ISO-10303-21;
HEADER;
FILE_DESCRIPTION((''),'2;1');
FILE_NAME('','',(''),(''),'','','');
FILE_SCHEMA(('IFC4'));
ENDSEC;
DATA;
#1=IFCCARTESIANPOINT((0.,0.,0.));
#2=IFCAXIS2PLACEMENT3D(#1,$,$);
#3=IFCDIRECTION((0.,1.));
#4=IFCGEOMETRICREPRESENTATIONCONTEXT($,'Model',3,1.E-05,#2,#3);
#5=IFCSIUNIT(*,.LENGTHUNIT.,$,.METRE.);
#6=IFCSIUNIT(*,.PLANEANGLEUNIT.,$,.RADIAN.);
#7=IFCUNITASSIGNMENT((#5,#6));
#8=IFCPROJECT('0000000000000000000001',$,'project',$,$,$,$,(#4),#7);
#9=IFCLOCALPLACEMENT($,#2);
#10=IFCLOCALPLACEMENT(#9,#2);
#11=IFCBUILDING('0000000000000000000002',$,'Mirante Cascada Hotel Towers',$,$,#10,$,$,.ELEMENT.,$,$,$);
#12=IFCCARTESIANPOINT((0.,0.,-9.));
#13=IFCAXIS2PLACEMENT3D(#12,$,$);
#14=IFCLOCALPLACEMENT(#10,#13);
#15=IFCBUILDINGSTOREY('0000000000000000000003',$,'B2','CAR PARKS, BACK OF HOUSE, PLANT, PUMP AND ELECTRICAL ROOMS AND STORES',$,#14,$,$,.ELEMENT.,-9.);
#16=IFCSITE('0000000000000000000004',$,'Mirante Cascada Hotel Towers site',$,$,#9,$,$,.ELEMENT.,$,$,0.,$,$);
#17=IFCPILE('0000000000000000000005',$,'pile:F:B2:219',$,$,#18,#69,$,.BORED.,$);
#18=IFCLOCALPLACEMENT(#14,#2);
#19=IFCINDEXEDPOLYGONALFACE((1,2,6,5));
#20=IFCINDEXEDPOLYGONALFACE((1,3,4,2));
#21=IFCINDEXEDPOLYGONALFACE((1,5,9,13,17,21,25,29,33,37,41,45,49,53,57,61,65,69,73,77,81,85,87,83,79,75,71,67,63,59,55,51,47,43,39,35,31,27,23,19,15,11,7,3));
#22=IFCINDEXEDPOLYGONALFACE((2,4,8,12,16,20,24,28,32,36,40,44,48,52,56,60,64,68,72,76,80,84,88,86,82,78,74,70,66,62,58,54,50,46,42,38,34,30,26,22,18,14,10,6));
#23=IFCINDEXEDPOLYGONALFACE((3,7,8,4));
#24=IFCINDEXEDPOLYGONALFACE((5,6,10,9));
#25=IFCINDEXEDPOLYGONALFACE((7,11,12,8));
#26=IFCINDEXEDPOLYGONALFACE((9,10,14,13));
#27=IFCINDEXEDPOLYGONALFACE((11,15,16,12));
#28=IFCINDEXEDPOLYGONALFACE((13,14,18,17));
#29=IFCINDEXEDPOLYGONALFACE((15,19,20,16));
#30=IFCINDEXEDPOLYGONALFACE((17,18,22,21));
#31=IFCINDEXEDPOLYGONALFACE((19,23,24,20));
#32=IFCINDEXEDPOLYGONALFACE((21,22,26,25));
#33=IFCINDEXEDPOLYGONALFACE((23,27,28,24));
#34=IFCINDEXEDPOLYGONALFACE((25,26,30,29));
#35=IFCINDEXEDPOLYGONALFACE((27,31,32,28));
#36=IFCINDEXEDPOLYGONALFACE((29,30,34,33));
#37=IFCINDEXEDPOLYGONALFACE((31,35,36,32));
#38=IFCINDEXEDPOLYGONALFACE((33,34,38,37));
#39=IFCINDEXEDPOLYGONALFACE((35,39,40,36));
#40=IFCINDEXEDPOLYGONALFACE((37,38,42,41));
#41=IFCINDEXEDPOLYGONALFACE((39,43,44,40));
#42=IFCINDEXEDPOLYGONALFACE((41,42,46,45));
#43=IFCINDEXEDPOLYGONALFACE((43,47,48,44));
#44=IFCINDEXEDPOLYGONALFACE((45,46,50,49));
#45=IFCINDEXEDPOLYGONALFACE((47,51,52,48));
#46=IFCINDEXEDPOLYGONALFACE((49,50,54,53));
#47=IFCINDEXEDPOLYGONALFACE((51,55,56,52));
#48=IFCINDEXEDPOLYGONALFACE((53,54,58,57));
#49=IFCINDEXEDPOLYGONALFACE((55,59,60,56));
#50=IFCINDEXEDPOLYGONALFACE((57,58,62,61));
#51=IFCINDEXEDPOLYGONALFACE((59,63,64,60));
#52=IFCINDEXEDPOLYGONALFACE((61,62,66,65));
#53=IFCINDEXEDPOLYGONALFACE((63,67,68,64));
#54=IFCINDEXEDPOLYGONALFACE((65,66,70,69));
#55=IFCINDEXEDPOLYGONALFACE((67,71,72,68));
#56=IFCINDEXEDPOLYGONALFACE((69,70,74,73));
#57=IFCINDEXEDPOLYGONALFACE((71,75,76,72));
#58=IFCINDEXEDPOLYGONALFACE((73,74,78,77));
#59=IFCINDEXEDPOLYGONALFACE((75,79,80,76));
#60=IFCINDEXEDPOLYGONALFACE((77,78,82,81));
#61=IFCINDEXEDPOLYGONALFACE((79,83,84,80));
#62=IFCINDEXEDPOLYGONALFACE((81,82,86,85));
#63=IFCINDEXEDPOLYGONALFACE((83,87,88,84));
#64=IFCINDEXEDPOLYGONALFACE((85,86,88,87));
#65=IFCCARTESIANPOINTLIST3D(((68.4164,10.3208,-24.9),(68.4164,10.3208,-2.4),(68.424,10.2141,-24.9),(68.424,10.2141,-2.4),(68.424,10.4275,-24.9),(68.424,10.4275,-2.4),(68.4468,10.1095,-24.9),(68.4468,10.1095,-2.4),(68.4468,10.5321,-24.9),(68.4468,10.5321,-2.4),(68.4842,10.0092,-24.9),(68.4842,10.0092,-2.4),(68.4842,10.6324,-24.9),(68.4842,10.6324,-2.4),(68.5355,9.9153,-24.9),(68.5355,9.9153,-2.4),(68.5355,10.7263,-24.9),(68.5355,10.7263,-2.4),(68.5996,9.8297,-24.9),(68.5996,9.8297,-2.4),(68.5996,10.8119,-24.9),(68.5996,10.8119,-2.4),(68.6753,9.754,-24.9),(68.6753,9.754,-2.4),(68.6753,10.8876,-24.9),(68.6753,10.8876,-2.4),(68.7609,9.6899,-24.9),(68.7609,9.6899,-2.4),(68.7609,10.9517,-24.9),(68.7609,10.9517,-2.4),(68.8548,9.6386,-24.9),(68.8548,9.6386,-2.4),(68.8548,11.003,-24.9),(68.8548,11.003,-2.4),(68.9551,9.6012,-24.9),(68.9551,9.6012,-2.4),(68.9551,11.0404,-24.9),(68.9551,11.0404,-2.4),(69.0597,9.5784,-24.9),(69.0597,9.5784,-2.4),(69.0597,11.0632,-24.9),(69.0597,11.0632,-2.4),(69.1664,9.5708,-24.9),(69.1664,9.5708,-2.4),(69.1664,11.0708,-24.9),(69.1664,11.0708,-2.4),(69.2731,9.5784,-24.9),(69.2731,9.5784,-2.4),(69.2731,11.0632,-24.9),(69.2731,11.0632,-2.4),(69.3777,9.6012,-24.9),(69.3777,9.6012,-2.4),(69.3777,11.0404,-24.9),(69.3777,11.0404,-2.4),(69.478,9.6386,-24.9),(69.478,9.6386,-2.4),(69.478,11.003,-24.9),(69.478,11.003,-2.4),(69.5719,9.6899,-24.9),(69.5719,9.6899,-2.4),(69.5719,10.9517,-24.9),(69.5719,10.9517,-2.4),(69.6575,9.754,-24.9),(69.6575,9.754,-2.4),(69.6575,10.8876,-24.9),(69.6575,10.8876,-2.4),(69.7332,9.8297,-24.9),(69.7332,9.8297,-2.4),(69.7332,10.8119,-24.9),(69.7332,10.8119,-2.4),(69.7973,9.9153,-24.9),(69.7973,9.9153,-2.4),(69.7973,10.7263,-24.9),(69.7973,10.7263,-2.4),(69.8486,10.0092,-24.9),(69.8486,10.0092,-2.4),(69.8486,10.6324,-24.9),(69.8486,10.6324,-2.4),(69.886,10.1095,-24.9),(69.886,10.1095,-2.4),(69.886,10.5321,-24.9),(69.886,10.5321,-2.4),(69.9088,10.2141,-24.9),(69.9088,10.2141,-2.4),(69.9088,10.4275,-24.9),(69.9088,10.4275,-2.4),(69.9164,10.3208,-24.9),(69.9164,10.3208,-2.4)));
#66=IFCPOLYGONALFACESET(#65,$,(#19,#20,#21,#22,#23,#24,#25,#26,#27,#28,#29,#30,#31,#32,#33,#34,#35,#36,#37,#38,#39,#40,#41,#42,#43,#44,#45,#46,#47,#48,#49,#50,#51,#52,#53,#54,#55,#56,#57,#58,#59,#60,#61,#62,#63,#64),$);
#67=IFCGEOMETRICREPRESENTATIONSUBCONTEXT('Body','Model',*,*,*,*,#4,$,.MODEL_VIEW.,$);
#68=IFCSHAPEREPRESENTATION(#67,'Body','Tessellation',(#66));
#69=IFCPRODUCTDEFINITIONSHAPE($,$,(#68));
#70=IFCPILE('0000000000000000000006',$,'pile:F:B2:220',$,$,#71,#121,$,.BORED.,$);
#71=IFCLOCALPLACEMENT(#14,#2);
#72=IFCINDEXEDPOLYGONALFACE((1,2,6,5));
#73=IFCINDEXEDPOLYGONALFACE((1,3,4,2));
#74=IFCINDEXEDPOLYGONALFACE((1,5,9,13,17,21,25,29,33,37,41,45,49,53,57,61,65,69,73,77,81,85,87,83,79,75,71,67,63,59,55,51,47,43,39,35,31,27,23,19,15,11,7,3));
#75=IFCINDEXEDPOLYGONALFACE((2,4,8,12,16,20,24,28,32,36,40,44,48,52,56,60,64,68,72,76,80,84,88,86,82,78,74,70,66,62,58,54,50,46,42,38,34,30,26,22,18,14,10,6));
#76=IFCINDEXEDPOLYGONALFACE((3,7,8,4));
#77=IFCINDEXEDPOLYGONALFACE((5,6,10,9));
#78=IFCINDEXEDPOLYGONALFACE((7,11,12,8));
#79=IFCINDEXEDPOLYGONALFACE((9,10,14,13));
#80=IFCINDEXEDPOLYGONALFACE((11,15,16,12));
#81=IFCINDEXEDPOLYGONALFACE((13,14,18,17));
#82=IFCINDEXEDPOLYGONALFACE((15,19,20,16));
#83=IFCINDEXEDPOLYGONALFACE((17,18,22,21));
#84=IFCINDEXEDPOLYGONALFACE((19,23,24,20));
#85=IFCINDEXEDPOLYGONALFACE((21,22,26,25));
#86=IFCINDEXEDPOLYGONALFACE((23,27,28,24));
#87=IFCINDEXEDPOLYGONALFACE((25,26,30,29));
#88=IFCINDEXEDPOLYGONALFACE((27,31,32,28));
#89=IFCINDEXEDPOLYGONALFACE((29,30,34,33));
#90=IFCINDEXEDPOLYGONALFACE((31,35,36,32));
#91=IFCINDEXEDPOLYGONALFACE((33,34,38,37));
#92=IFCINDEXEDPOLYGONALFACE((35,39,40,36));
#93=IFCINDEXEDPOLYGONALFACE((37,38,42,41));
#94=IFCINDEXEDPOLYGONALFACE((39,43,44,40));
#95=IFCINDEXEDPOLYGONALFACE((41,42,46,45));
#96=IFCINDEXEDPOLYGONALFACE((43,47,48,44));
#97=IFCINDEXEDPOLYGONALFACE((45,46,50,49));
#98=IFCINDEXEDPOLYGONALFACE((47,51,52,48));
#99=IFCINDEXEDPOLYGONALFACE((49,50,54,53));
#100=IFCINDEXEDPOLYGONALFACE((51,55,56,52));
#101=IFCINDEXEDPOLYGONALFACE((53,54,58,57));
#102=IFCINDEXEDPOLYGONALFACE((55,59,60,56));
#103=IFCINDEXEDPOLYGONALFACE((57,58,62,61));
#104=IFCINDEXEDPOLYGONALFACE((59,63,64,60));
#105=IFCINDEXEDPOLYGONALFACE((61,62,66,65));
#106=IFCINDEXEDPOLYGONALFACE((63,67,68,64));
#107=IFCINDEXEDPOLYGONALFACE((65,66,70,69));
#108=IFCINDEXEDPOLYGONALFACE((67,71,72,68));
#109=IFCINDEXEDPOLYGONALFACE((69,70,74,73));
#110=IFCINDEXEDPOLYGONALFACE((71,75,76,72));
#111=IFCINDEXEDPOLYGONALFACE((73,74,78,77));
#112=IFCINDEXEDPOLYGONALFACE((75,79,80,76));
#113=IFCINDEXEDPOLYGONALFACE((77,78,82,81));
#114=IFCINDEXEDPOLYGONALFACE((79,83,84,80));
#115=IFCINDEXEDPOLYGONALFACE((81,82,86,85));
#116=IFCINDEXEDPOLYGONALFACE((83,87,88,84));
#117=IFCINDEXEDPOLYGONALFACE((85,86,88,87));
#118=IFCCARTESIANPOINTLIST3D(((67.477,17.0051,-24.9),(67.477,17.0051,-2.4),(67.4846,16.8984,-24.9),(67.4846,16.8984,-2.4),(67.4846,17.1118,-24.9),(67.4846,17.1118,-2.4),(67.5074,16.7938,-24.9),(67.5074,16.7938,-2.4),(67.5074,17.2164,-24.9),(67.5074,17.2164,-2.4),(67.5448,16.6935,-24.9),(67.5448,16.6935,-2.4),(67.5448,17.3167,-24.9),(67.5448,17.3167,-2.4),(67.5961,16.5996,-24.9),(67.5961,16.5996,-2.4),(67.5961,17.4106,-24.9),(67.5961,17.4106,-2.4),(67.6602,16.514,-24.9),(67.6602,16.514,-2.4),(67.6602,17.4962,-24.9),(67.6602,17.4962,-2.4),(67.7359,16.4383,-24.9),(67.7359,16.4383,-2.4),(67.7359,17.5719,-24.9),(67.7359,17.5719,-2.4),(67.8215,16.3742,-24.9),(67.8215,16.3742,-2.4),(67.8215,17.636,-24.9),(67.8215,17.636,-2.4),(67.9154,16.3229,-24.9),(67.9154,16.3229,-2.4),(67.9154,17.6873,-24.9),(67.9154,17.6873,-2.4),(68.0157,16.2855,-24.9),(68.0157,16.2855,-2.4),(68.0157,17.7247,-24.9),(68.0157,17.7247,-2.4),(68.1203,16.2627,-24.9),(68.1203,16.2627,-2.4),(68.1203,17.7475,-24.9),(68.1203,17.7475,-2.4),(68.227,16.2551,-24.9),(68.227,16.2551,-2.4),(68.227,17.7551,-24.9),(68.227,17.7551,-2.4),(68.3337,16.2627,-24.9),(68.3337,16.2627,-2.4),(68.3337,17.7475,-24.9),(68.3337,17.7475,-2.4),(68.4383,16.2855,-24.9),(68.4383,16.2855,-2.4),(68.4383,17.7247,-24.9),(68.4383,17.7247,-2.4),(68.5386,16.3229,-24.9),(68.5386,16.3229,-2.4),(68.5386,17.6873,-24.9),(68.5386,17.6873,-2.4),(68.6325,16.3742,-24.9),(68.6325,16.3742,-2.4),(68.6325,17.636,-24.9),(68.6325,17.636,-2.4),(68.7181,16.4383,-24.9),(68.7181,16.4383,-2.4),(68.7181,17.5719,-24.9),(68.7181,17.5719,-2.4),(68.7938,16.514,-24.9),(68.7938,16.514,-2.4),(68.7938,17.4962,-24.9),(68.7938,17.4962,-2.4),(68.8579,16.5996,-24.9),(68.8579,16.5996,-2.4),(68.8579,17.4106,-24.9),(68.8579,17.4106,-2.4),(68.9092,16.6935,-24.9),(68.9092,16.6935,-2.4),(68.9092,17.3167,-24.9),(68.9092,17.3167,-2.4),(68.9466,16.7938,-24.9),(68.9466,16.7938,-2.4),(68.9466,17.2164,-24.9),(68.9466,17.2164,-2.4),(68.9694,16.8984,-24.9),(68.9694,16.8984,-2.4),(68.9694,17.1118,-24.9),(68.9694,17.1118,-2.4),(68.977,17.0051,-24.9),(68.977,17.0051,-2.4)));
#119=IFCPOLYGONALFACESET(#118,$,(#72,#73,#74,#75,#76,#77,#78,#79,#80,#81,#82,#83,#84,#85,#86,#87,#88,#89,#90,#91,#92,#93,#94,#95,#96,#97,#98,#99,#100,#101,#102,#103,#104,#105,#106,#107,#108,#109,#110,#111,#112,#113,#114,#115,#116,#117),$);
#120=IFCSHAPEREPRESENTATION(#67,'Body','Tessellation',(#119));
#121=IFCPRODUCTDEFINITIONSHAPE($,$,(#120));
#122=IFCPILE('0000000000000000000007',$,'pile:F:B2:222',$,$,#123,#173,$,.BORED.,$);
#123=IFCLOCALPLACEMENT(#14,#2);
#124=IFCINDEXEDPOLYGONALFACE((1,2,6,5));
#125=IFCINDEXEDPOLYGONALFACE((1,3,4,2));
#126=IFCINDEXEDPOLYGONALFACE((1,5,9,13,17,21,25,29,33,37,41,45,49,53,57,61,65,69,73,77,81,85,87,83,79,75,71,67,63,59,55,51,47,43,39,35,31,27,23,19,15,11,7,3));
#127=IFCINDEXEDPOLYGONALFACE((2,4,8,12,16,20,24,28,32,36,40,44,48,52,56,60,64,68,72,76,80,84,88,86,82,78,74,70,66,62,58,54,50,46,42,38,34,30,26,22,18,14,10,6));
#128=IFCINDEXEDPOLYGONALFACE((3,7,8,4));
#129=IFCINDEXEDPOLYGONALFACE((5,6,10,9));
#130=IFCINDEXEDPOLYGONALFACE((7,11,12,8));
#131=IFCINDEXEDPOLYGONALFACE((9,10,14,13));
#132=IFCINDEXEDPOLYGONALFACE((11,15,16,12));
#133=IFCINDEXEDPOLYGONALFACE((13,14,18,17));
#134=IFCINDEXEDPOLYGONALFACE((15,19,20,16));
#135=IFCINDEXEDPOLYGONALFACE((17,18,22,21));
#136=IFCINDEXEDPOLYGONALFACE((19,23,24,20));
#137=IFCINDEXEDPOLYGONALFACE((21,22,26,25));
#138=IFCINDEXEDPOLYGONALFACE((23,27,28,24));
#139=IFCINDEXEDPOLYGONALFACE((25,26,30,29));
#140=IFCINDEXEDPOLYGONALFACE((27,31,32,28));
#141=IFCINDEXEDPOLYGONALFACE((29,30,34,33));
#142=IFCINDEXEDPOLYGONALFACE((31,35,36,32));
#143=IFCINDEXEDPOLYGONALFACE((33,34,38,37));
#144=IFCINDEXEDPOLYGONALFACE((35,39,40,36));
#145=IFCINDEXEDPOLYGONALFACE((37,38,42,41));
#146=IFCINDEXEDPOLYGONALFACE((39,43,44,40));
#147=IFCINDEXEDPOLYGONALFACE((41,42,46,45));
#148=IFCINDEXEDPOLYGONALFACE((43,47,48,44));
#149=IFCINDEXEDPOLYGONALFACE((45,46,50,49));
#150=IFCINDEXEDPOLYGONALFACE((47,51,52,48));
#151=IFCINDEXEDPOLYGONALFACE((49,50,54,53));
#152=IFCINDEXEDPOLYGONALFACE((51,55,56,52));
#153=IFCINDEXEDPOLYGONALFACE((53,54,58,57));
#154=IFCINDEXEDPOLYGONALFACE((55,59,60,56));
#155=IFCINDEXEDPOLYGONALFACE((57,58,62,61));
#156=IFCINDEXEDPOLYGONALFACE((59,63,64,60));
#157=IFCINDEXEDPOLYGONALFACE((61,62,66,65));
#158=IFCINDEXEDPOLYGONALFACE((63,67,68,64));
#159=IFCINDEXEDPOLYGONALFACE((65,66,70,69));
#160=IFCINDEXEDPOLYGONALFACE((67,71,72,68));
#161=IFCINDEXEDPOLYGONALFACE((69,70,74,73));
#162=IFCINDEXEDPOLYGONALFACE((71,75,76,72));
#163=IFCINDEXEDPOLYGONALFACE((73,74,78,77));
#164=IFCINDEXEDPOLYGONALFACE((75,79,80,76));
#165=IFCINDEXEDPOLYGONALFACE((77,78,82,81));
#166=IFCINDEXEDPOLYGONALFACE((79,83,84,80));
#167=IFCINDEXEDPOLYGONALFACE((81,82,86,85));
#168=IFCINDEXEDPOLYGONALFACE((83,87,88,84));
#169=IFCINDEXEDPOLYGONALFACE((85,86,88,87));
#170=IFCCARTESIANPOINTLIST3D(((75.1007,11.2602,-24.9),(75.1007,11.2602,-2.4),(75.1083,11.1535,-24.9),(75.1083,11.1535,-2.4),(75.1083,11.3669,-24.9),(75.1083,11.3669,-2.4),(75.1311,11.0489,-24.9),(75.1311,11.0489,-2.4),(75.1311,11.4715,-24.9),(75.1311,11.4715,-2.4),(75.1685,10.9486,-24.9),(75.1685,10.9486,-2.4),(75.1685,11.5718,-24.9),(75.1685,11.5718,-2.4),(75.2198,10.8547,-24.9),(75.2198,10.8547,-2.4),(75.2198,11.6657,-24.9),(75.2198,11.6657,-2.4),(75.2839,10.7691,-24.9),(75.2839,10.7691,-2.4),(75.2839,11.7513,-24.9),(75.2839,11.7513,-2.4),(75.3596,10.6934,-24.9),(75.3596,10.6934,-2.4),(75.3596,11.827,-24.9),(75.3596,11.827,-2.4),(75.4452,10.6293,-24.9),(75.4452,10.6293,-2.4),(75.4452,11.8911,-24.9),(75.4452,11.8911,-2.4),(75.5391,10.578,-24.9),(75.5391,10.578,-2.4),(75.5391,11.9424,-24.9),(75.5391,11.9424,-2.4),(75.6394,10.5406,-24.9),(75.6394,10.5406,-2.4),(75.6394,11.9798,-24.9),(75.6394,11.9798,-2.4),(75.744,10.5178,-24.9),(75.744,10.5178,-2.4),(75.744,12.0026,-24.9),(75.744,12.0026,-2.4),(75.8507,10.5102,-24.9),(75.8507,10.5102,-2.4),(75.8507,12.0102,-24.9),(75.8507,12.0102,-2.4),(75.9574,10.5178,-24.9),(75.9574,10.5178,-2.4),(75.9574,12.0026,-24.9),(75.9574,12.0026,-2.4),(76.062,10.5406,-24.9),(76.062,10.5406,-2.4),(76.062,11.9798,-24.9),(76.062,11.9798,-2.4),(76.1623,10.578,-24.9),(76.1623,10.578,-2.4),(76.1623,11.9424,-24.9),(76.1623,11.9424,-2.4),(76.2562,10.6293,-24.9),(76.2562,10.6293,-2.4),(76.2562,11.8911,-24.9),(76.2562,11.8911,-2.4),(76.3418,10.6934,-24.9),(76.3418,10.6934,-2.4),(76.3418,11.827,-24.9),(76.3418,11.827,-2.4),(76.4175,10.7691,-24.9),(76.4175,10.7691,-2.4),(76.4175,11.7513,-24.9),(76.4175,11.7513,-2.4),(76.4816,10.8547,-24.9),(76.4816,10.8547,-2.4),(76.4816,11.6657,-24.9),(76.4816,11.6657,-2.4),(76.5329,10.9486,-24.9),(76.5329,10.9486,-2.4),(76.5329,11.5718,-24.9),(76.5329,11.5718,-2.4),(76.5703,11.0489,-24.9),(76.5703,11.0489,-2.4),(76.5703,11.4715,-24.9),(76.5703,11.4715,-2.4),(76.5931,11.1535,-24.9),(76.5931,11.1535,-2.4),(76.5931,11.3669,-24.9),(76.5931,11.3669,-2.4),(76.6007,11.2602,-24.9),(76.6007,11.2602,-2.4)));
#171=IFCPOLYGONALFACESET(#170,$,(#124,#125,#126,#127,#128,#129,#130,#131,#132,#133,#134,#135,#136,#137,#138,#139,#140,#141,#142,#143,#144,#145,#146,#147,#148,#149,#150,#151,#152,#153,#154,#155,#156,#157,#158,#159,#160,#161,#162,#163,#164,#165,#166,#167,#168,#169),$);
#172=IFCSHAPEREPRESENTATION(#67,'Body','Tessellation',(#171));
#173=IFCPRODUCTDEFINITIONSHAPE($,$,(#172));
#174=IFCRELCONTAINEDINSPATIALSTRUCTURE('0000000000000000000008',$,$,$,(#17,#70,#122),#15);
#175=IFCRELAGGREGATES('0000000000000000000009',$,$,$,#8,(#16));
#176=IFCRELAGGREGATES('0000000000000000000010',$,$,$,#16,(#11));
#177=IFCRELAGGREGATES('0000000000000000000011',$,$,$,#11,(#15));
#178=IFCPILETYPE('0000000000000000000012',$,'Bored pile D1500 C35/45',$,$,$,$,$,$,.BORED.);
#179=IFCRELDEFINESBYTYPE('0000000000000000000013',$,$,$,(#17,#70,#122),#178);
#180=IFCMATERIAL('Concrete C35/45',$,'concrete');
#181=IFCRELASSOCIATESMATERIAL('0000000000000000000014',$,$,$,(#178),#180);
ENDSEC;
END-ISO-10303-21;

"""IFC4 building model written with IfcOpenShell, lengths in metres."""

from ifc_helpers import new_model, si_unit, direction, frame, origin, origin_2d, place, context, subcontext, project, spatial, circle, extrude, material, material_profile, profile_set, type_object, element, save


model = new_model("IFC4")

# Units and contexts
model_context = context("Model", 3, precision=1e-05, world=origin(), true_north=direction((0.0, 1.0)))
body_context = subcontext(model_context, "Body", "Model", "MODEL_VIEW")
ifc_project = project(units=[si_unit("LENGTHUNIT", "METRE"), si_unit("PLANEANGLEUNIT", "RADIAN")], contexts=[model_context])

# Site, building, storey
site_placement = place(None, origin())
site = spatial("IfcSite", under=ifc_project, at=site_placement, Name="Mirante Cascada Hotel Towers site", CompositionType="ELEMENT", RefElevation=0.0)
building_placement = place(site_placement, origin())
building = spatial("IfcBuilding", under=site, at=building_placement, Name="Mirante Cascada Hotel Towers", CompositionType="ELEMENT")
storey_placement = place(building_placement, frame((0.0, 0.0, -9.0)))
storey = spatial("IfcBuildingStorey", under=building, at=storey_placement, Name="B2", Description="CAR PARKS, BACK OF HOUSE, PLANT, PUMP AND ELECTRICAL ROOMS AND STORES", CompositionType="ELEMENT", Elevation=-9.0)

# Piles
ifc_material_1 = material(Name="Concrete C35/45", Category="concrete")
ifc_material_profile_1 = material_profile(ifc_material_1, circle(Radius=0.75, at=origin_2d()), Name="RC D1500")
ifc_profile_set_1 = profile_set([ifc_material_profile_1], Name="Concrete C35/45")
pile_type = type_object("IfcPileType", Name="Bored pile D1500 C35/45", PredefinedType="BORED", material=ifc_profile_set_1)
for number, where, z_axis, x_axis, name in (
    (1, (69.1664, 10.3208, -2.4), (0.0, 0.0, -1.0), (1.0, 0.0, 0.0), "pile:F:B2:219"),
    (2, (68.227, 17.0051, -2.4), (0.0, 0.0, -1.0), (1.0, 0.0, 0.0), "pile:F:B2:220"),
    (3, (75.8507, 11.2602, -2.4), (0.0, 0.0, -1.0), (1.0, 0.0, 0.0), "pile:F:B2:222"),
):
    element("IfcPile", number, at=place(storey_placement, frame(where, z_axis=z_axis, x_axis=x_axis)), inside=storey, type_object=pile_type, Name=name, PredefinedType="BORED", context=body_context, shape_type="SweptSolid", body=[
        extrude(circle(Radius=0.75, at=origin_2d()), origin(), (0.0, 0.0, 1.0), 22.5),
    ])

save(model, "model.ifc")
